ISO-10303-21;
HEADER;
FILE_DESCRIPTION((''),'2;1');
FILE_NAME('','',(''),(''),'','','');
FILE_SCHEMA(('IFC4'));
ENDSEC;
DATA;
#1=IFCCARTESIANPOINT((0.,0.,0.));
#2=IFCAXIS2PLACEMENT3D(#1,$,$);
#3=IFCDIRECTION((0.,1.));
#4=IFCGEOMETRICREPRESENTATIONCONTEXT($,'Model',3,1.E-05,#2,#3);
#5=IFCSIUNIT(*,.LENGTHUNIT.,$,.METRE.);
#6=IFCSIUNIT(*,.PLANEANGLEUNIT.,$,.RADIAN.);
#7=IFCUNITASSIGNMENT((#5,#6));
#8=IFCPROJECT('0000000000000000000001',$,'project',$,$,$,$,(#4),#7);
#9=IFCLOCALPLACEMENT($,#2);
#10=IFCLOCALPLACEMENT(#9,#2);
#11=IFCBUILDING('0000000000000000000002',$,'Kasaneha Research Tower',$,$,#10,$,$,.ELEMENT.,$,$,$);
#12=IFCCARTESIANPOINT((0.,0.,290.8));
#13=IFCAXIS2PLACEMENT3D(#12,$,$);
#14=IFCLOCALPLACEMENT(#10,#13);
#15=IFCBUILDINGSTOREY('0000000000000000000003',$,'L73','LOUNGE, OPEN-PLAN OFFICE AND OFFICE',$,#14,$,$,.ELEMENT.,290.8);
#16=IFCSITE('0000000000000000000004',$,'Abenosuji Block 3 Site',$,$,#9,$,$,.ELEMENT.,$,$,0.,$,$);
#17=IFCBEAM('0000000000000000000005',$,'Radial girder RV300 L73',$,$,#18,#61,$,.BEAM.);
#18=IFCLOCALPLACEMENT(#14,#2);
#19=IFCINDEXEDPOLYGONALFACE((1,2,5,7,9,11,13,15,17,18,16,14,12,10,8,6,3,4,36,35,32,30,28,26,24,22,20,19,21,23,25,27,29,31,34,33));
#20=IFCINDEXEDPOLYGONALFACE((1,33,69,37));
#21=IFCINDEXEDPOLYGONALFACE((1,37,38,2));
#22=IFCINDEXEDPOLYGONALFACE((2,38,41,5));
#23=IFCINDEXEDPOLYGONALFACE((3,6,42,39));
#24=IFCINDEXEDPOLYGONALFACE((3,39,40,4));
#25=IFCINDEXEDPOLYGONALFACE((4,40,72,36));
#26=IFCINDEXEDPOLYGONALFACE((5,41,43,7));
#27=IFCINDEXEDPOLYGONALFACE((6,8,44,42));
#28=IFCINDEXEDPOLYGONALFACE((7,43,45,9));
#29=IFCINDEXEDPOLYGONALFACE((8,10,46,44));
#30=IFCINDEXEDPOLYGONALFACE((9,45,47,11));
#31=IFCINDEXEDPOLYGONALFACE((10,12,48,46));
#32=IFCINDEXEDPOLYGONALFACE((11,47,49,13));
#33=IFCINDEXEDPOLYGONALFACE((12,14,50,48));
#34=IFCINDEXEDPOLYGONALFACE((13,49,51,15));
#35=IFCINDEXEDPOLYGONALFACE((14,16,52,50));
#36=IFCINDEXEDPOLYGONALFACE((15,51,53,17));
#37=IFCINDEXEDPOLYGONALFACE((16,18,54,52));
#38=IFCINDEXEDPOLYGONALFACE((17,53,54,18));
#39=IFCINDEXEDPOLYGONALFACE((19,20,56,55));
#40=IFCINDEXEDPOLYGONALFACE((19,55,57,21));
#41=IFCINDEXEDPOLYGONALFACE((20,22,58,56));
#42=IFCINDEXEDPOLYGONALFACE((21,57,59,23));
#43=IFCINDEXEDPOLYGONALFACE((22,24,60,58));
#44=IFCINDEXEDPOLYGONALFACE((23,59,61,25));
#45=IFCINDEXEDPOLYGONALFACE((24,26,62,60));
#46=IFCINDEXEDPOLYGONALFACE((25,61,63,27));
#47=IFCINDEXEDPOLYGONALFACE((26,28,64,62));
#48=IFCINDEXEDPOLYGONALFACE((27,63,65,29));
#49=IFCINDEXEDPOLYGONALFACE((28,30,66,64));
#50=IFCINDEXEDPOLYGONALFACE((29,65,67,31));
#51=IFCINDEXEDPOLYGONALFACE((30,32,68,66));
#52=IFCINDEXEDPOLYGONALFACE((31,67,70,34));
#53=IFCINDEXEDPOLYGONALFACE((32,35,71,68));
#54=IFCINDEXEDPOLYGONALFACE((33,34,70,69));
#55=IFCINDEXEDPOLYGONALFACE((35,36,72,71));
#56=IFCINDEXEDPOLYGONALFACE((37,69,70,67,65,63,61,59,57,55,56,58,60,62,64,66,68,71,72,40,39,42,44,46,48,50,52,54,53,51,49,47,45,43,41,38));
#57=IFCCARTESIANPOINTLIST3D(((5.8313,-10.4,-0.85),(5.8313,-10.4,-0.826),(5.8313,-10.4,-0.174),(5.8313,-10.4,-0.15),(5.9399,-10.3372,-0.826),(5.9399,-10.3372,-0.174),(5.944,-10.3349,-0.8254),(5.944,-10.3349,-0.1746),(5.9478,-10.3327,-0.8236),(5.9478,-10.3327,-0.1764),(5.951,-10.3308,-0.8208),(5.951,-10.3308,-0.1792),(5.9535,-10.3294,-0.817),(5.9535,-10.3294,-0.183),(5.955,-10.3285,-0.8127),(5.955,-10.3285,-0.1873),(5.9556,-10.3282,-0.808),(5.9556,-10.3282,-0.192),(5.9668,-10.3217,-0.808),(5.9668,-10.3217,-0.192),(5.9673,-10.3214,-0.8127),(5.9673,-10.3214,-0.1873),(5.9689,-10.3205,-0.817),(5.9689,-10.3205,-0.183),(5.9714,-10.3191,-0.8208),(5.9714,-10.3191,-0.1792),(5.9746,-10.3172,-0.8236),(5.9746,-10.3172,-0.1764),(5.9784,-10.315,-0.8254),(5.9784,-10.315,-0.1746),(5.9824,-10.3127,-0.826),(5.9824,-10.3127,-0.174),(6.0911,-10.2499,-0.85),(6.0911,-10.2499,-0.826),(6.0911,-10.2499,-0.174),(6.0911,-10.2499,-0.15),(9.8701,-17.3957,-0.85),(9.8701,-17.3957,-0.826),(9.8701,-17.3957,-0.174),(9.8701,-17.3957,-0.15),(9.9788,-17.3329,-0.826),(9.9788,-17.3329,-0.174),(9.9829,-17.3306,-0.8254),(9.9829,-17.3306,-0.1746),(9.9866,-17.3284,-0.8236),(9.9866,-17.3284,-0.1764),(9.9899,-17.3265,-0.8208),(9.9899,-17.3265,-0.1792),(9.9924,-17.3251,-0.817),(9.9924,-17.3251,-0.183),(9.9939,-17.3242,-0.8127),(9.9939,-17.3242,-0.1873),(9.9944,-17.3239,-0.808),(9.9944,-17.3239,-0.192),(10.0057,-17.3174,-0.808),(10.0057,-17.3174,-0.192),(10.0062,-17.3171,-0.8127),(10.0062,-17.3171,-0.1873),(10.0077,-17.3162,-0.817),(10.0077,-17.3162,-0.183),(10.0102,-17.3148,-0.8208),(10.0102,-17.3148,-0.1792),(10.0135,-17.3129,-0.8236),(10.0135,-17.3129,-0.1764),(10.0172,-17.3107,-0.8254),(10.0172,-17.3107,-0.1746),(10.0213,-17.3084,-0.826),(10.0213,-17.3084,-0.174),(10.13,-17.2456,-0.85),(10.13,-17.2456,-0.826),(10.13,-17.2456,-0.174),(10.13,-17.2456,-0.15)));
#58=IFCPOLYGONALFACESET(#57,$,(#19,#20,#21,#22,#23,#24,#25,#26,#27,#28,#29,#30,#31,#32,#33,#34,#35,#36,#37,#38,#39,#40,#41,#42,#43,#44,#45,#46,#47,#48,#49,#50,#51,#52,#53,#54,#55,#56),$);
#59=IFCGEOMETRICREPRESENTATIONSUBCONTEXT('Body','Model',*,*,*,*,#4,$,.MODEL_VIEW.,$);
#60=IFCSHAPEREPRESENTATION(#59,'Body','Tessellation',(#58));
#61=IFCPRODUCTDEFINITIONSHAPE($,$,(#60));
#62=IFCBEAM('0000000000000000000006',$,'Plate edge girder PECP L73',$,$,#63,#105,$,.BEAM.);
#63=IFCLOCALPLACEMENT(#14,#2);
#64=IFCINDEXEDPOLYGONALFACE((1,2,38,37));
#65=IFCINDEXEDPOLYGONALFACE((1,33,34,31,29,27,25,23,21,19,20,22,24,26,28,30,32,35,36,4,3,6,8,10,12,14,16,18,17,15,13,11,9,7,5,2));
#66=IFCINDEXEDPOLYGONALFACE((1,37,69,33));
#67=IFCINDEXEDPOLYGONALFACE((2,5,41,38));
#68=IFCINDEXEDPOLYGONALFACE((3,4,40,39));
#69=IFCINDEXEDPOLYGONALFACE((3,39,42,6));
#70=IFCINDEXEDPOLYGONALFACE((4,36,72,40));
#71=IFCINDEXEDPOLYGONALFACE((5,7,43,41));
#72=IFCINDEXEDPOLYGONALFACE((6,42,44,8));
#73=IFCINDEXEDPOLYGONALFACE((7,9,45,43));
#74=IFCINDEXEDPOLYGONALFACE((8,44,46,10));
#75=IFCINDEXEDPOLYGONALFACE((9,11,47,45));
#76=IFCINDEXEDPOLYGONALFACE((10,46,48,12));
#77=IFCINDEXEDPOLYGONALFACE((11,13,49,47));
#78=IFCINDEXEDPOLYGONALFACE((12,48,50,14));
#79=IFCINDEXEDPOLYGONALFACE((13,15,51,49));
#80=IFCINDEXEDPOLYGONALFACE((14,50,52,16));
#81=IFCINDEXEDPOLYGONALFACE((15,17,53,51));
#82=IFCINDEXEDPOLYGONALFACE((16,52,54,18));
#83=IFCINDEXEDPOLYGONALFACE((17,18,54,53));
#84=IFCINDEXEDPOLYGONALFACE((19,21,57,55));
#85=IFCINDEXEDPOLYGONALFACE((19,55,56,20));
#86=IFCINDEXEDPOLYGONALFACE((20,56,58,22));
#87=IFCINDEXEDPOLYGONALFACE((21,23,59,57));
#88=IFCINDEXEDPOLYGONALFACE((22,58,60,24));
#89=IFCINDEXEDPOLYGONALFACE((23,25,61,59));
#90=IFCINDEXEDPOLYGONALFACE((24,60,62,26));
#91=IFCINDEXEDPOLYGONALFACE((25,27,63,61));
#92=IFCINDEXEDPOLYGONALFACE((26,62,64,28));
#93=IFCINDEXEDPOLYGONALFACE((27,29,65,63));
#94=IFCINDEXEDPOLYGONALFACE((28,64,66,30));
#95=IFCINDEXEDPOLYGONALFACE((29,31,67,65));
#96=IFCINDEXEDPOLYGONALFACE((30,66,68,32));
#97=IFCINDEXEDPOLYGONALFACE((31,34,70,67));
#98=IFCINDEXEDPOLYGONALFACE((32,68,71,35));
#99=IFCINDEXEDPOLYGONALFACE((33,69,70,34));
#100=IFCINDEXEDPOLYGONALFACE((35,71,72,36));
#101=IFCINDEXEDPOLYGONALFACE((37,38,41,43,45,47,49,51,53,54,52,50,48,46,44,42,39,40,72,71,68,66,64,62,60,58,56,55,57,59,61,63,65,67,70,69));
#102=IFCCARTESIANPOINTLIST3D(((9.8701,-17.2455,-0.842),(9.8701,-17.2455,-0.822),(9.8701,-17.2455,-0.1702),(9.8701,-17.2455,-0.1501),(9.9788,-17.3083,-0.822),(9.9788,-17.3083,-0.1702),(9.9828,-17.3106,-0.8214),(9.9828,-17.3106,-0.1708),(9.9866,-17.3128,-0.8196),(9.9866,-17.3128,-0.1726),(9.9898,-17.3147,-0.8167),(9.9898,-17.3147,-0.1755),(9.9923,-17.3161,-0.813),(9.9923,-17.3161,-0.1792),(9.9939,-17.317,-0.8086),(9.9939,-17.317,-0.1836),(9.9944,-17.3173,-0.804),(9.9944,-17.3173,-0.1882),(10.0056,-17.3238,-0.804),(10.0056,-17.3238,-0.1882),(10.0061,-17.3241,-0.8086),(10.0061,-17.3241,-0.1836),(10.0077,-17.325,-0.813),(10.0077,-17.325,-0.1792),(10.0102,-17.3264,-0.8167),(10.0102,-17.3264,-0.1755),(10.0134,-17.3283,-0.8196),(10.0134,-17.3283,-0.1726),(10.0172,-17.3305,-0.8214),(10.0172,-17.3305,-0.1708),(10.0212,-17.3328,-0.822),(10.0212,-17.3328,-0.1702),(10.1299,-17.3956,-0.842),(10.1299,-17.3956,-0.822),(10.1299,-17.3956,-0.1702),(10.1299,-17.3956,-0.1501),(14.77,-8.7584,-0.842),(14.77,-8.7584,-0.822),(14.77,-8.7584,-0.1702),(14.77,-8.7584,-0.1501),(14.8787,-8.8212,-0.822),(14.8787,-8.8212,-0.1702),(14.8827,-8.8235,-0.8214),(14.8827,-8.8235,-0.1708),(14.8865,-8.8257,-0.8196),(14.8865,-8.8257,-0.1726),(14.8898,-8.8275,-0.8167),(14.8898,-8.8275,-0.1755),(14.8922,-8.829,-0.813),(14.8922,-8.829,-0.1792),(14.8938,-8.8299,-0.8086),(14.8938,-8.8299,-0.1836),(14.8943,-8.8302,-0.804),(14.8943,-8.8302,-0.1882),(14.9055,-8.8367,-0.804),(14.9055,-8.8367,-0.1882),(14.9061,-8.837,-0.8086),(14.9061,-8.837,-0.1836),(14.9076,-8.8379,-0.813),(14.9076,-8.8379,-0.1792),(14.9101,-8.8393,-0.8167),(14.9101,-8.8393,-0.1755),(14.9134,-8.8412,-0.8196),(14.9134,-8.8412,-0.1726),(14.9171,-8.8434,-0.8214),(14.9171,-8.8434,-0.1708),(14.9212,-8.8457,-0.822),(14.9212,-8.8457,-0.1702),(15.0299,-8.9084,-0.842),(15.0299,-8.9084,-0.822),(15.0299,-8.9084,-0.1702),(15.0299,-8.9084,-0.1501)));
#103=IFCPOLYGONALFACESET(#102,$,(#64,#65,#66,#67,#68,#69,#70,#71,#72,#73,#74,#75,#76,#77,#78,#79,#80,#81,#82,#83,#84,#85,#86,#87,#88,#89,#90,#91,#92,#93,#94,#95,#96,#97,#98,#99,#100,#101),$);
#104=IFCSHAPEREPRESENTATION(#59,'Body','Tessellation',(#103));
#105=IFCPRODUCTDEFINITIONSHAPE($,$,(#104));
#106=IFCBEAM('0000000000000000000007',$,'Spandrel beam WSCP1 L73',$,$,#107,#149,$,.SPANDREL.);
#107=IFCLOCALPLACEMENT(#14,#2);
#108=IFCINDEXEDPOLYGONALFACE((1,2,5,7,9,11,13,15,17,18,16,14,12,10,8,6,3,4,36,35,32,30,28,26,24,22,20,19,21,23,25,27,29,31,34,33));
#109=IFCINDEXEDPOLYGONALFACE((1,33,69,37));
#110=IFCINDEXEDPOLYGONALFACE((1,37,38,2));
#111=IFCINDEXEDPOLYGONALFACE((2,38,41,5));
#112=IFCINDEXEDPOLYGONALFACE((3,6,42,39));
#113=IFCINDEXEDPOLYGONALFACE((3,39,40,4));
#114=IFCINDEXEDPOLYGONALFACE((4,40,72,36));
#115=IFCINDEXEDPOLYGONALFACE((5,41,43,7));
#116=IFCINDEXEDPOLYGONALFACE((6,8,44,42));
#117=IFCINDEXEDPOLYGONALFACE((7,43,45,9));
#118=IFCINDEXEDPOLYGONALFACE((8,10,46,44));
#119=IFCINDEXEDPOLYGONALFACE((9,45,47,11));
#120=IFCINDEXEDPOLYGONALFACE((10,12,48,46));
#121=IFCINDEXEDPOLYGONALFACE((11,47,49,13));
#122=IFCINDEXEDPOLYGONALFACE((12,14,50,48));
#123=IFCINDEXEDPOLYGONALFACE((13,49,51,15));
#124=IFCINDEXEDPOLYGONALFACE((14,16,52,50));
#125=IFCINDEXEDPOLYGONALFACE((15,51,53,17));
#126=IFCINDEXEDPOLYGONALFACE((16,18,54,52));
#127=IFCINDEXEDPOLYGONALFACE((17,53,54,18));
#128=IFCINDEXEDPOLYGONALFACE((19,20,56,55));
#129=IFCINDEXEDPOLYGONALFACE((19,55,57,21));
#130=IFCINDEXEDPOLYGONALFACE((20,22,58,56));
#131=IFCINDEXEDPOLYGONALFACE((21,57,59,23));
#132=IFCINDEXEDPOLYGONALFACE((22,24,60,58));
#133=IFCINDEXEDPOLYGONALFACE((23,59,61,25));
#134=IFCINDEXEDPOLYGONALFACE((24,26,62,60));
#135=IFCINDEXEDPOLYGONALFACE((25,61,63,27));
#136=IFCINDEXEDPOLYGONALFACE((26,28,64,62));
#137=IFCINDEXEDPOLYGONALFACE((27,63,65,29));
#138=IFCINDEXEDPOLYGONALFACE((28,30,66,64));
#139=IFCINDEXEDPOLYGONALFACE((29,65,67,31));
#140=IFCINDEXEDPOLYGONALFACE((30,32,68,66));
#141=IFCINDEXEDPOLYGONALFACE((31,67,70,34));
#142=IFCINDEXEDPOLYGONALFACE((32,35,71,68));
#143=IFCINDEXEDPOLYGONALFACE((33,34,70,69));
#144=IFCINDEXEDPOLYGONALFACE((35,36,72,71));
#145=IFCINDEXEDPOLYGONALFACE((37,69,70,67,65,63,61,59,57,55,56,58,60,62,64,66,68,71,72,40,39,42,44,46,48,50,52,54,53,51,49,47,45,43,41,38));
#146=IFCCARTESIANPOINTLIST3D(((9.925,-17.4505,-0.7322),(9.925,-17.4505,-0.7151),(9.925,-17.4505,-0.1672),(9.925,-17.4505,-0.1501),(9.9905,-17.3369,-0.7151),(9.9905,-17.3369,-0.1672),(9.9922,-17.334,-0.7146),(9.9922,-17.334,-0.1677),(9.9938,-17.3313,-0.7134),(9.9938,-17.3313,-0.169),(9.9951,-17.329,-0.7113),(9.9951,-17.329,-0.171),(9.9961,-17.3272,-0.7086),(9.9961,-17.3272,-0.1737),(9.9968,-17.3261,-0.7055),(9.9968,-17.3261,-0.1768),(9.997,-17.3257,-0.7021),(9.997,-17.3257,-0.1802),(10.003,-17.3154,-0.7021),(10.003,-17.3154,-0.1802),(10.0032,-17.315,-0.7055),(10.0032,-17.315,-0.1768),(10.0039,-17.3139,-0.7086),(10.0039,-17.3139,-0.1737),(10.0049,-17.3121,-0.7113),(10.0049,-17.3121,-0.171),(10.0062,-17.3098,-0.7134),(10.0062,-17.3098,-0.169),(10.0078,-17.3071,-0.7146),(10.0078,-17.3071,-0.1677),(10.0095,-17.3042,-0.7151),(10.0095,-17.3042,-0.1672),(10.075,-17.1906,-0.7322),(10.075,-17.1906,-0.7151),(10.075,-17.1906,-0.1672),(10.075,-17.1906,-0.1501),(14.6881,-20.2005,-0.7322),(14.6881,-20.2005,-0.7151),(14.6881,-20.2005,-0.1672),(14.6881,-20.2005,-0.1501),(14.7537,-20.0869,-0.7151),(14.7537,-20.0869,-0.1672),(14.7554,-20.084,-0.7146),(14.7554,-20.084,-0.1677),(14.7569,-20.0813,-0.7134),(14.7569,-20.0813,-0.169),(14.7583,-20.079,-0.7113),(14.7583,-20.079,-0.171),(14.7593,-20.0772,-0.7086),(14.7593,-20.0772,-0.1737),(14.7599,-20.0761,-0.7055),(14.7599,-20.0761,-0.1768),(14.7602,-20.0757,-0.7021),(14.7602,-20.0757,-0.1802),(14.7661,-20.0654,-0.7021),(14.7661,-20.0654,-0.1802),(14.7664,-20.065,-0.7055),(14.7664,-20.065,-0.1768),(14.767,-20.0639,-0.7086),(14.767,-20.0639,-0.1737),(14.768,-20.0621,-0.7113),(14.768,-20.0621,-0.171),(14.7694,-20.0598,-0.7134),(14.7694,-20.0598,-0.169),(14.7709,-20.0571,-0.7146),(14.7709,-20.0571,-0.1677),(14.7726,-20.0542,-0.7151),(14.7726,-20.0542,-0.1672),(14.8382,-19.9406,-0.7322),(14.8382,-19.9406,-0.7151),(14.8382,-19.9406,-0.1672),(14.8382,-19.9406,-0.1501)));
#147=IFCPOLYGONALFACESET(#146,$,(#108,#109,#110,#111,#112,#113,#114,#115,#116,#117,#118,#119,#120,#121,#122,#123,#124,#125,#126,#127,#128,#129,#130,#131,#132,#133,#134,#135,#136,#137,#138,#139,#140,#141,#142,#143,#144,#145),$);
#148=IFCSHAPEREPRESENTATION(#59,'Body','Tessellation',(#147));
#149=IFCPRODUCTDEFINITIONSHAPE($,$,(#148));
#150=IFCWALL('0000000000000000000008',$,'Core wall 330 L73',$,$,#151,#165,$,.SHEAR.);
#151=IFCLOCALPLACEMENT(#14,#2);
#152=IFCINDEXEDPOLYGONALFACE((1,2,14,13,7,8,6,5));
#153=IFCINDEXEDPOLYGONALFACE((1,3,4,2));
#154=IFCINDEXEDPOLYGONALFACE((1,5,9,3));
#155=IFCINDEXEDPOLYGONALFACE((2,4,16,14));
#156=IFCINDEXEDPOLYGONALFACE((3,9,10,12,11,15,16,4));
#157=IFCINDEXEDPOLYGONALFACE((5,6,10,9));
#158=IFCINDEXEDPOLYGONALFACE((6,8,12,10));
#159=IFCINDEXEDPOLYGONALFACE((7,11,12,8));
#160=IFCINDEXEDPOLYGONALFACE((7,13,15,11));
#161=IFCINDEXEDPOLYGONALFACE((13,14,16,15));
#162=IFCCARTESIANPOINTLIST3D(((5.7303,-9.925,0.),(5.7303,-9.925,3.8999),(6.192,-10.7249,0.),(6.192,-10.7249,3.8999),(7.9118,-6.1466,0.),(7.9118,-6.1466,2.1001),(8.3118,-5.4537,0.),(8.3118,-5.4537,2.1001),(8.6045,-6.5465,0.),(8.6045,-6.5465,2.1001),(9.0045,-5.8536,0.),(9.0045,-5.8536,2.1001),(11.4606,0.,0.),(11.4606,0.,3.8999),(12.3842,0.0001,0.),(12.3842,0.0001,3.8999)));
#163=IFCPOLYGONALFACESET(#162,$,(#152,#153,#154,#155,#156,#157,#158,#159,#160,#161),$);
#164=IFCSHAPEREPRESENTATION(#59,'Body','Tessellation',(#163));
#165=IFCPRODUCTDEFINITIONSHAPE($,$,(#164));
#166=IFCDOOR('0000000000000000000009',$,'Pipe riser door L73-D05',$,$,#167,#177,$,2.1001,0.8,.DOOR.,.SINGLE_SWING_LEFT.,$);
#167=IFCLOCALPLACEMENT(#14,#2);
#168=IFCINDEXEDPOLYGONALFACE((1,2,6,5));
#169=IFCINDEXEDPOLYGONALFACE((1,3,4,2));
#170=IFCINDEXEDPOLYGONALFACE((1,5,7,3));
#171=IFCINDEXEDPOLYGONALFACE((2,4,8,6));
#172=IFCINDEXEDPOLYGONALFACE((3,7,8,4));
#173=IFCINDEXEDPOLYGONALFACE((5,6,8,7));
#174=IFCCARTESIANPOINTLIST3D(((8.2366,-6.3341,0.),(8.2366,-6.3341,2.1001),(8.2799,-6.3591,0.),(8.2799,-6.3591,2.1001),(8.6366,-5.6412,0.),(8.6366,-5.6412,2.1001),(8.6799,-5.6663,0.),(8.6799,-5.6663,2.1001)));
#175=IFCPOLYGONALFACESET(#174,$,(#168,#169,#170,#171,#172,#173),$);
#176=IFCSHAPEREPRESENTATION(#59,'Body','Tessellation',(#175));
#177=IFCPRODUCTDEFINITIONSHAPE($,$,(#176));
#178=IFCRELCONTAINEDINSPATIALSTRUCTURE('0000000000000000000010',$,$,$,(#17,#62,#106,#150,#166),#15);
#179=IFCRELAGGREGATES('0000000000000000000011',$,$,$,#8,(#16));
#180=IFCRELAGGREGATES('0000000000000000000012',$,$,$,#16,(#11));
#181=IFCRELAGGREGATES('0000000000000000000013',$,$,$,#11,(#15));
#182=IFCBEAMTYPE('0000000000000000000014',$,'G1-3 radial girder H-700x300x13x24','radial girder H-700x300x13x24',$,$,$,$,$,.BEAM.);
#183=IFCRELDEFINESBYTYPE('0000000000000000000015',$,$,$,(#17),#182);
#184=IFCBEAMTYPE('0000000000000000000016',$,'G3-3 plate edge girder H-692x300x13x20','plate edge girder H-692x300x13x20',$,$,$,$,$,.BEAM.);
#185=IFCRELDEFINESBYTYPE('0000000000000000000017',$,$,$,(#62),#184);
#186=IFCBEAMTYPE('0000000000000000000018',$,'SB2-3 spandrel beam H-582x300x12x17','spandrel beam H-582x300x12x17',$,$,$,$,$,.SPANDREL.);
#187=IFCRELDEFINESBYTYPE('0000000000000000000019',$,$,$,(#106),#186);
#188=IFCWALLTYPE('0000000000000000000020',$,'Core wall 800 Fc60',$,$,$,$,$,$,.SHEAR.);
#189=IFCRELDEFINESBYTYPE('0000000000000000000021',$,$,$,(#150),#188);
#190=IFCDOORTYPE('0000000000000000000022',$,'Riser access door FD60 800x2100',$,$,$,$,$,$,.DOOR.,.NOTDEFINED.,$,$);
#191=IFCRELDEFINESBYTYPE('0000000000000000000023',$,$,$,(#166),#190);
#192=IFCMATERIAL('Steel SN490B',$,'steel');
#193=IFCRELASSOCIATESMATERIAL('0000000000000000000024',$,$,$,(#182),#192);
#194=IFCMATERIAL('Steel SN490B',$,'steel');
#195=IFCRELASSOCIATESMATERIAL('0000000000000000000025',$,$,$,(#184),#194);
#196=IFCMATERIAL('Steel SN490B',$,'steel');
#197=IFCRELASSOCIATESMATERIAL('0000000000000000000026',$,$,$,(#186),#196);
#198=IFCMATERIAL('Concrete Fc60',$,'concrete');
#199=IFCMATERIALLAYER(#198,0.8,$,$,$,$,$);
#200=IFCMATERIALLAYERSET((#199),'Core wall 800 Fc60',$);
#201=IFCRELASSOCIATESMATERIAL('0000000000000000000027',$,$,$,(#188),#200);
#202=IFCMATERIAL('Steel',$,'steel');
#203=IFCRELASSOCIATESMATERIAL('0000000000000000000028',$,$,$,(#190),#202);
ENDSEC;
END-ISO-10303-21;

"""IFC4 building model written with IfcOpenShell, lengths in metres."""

from ifc_helpers import new_model, si_unit, direction, frame, frame_2d, origin, origin_2d, place, context, subcontext, project, spatial, polyline, rectangle, i_section, outline, extrude, material, layer, layer_set, material_profile, profile_set, type_object, element, fill, save


model = new_model("IFC4")

# Units and contexts
model_context = context("Model", 3, precision=1e-05, world=origin(), true_north=direction((0.0, 1.0)))
body_context = subcontext(model_context, "Body", "Model", "MODEL_VIEW")
ifc_project = project(units=[si_unit("LENGTHUNIT", "METRE"), si_unit("PLANEANGLEUNIT", "RADIAN")], contexts=[model_context])

# Site, building, storey
site_placement = place(None, origin())
site = spatial("IfcSite", under=ifc_project, at=site_placement, Name="Abenosuji Block 3 Site", CompositionType="ELEMENT", RefElevation=0.0)
building_placement = place(site_placement, origin())
building = spatial("IfcBuilding", under=site, at=building_placement, Name="Kasaneha Research Tower", CompositionType="ELEMENT")
storey_placement = place(building_placement, frame((0.0, 0.0, 290.8)))
storey = spatial("IfcBuildingStorey", under=building, at=storey_placement, Name="L73", Description="LOUNGE, OPEN-PLAN OFFICE AND OFFICE", CompositionType="ELEMENT", Elevation=290.8)

# Beams
ifc_material_1 = material(Name="Steel SN490B", Category="steel")
ifc_material_profile_1 = material_profile(ifc_material_1, i_section(OverallWidth=0.3, OverallDepth=0.7, WebThickness=0.0129, FlangeThickness=0.0239, FilletRadius=0.0181, at=origin_2d()), Name="H-700x300x13x24")
ifc_profile_set_1 = profile_set([ifc_material_profile_1], Name="Steel SN490B")
beam_type_1 = type_object("IfcBeamType", Name="G1-3 radial girder H-700x300x13x24", Description="radial girder H-700x300x13x24", PredefinedType="BEAM", material=ifc_profile_set_1)
beam_1_placement = place(storey_placement, frame((5.9612, -10.325, -0.5), z_axis=(0.499991, -0.866031, 0.0), x_axis=(0.866031, 0.499991, 0.0)))
element("IfcBeam", 1, at=beam_1_placement, inside=storey, type_object=beam_type_1, Name="Radial girder RV300 L73", PredefinedType="BEAM", context=body_context, shape_type="SweptSolid", body=[
    extrude(i_section(OverallWidth=0.3, OverallDepth=0.7, WebThickness=0.0129, FlangeThickness=0.0239, FilletRadius=0.0181, at=origin_2d()), origin(), (0.0, 0.0, 1.0), 8.0779),
])
ifc_material_2 = material(Name="Steel SN490B", Category="steel")
ifc_material_profile_2 = material_profile(ifc_material_2, i_section(OverallWidth=0.3, OverallDepth=0.6919, WebThickness=0.0129, FlangeThickness=0.02, FilletRadius=0.0181, at=origin_2d()), Name="H-692x300x13x20")
ifc_profile_set_2 = profile_set([ifc_material_profile_2], Name="Steel SN490B")
beam_type_2 = type_object("IfcBeamType", Name="G3-3 plate edge girder H-692x300x13x20", Description="plate edge girder H-692x300x13x20", PredefinedType="BEAM", material=ifc_profile_set_2)
beam_2_placement = place(storey_placement, frame((10.0, -17.3206, -0.4961), z_axis=(0.499992, 0.86603, 0.0), x_axis=(-0.86603, 0.499992, 0.0)))
element("IfcBeam", 2, at=beam_2_placement, inside=storey, type_object=beam_type_2, Name="Plate edge girder PECP L73", PredefinedType="BEAM", context=body_context, shape_type="SweptSolid", body=[
    extrude(i_section(OverallWidth=0.3, OverallDepth=0.6919, WebThickness=0.0129, FlangeThickness=0.02, FilletRadius=0.0181, at=origin_2d()), origin(), (0.0, 0.0, 1.0), 9.8),
])
ifc_material_3 = material(Name="Steel SN490B", Category="steel")
ifc_material_profile_3 = material_profile(ifc_material_3, i_section(OverallWidth=0.3, OverallDepth=0.582, WebThickness=0.012, FlangeThickness=0.0171, FilletRadius=0.0129, at=origin_2d()), Name="H-582x300x12x17")
ifc_profile_set_3 = profile_set([ifc_material_profile_3], Name="Steel SN490B")
beam_type_3 = type_object("IfcBeamType", Name="SB2-3 spandrel beam H-582x300x12x17", Description="spandrel beam H-582x300x12x17", PredefinedType="SPANDREL", material=ifc_profile_set_3)
beam_3_placement = place(storey_placement, frame((10.0, -17.3206, -0.4412), z_axis=(0.866027, -0.499997, 0.0), x_axis=(0.499997, 0.866027, 0.0)))
element("IfcBeam", 3, at=beam_3_placement, inside=storey, type_object=beam_type_3, Name="Spandrel beam WSCP1 L73", PredefinedType="SPANDREL", context=body_context, shape_type="SweptSolid", body=[
    extrude(i_section(OverallWidth=0.3, OverallDepth=0.582, WebThickness=0.012, FlangeThickness=0.0171, FilletRadius=0.0129, at=origin_2d()), origin(), (0.0, 0.0, 1.0), 5.5),
])

# Wall, opening, door
ifc_material_4 = material(Name="Concrete Fc60", Category="concrete")
ifc_layer_1 = layer(ifc_material_4, 0.8)
ifc_layer_set_1 = layer_set([ifc_layer_1], Name="Core wall 800 Fc60")
wall_type_1 = type_object("IfcWallType", Name="Core wall 800 Fc60", PredefinedType="SHEAR", material=ifc_layer_set_1)
wall_1_placement = place(storey_placement, frame((5.9612, -10.325, 0.0), z_axis=(0.0, 0.0, 1.0), x_axis=(0.500004, 0.866023, 0.0)))
wall_1 = element("IfcWall", 4, at=wall_1_placement, inside=storey, type_object=wall_type_1, Name="Core wall 330 L73", PredefinedType="SHEAR", context=body_context, shape_type="SweptSolid", body=[
    extrude(outline(polyline([(-0.231, -0.3999), (4.594, -0.3999), (5.394, -0.3999), (12.1533, -0.3999), (11.6914, 0.3999), (5.394, 0.3999), (4.594, 0.3999), (0.231, 0.3999), (-0.231, -0.3999)])), origin(), (0.0, 0.0, 1.0), 3.8999),
])
opening_1_placement = place(wall_1_placement, frame((4.594, 0.0, 0.0)))
opening_1 = element("IfcOpeningElement", 5, at=opening_1_placement, cuts=wall_1, PredefinedType="OPENING", context=body_context, shape_type="SweptSolid", body=[
    extrude(rectangle(XDim=0.8, YDim=2.1001, at=frame_2d((0.3999, 1.05))), frame((0.0, 0.4102, 0.0), z_axis=(0.0, -1.0, 0.0), x_axis=(1.0, 0.0, 0.0)), (0.0, 0.0, 1.0), 0.8201),
])
ifc_material_5 = material(Name="Steel", Category="steel")
door_type_1 = type_object("IfcDoorType", Name="Riser access door FD60 800x2100", OperationType="NOTDEFINED", PredefinedType="DOOR", material=ifc_material_5)
door_1_placement = place(opening_1_placement, origin())
door_1 = element("IfcDoor", 6, at=door_1_placement, inside=storey, type_object=door_type_1, Name="Pipe riser door L73-D05", OperationType="SINGLE_SWING_LEFT", OverallHeight=2.1001, OverallWidth=0.8, PredefinedType="DOOR", context=body_context, shape_type="SweptSolid", body=[
    extrude(rectangle(XDim=0.8, YDim=2.1001, at=frame_2d((0.3999, 1.05))), frame((0.0, 0.0249, 0.0), z_axis=(0.0, -1.0, 0.0), x_axis=(1.0, 0.0, 0.0)), (0.0, 0.0, 1.0), 0.05),
])
fill(opening_1, door_1)

save(model, "model.ifc")
